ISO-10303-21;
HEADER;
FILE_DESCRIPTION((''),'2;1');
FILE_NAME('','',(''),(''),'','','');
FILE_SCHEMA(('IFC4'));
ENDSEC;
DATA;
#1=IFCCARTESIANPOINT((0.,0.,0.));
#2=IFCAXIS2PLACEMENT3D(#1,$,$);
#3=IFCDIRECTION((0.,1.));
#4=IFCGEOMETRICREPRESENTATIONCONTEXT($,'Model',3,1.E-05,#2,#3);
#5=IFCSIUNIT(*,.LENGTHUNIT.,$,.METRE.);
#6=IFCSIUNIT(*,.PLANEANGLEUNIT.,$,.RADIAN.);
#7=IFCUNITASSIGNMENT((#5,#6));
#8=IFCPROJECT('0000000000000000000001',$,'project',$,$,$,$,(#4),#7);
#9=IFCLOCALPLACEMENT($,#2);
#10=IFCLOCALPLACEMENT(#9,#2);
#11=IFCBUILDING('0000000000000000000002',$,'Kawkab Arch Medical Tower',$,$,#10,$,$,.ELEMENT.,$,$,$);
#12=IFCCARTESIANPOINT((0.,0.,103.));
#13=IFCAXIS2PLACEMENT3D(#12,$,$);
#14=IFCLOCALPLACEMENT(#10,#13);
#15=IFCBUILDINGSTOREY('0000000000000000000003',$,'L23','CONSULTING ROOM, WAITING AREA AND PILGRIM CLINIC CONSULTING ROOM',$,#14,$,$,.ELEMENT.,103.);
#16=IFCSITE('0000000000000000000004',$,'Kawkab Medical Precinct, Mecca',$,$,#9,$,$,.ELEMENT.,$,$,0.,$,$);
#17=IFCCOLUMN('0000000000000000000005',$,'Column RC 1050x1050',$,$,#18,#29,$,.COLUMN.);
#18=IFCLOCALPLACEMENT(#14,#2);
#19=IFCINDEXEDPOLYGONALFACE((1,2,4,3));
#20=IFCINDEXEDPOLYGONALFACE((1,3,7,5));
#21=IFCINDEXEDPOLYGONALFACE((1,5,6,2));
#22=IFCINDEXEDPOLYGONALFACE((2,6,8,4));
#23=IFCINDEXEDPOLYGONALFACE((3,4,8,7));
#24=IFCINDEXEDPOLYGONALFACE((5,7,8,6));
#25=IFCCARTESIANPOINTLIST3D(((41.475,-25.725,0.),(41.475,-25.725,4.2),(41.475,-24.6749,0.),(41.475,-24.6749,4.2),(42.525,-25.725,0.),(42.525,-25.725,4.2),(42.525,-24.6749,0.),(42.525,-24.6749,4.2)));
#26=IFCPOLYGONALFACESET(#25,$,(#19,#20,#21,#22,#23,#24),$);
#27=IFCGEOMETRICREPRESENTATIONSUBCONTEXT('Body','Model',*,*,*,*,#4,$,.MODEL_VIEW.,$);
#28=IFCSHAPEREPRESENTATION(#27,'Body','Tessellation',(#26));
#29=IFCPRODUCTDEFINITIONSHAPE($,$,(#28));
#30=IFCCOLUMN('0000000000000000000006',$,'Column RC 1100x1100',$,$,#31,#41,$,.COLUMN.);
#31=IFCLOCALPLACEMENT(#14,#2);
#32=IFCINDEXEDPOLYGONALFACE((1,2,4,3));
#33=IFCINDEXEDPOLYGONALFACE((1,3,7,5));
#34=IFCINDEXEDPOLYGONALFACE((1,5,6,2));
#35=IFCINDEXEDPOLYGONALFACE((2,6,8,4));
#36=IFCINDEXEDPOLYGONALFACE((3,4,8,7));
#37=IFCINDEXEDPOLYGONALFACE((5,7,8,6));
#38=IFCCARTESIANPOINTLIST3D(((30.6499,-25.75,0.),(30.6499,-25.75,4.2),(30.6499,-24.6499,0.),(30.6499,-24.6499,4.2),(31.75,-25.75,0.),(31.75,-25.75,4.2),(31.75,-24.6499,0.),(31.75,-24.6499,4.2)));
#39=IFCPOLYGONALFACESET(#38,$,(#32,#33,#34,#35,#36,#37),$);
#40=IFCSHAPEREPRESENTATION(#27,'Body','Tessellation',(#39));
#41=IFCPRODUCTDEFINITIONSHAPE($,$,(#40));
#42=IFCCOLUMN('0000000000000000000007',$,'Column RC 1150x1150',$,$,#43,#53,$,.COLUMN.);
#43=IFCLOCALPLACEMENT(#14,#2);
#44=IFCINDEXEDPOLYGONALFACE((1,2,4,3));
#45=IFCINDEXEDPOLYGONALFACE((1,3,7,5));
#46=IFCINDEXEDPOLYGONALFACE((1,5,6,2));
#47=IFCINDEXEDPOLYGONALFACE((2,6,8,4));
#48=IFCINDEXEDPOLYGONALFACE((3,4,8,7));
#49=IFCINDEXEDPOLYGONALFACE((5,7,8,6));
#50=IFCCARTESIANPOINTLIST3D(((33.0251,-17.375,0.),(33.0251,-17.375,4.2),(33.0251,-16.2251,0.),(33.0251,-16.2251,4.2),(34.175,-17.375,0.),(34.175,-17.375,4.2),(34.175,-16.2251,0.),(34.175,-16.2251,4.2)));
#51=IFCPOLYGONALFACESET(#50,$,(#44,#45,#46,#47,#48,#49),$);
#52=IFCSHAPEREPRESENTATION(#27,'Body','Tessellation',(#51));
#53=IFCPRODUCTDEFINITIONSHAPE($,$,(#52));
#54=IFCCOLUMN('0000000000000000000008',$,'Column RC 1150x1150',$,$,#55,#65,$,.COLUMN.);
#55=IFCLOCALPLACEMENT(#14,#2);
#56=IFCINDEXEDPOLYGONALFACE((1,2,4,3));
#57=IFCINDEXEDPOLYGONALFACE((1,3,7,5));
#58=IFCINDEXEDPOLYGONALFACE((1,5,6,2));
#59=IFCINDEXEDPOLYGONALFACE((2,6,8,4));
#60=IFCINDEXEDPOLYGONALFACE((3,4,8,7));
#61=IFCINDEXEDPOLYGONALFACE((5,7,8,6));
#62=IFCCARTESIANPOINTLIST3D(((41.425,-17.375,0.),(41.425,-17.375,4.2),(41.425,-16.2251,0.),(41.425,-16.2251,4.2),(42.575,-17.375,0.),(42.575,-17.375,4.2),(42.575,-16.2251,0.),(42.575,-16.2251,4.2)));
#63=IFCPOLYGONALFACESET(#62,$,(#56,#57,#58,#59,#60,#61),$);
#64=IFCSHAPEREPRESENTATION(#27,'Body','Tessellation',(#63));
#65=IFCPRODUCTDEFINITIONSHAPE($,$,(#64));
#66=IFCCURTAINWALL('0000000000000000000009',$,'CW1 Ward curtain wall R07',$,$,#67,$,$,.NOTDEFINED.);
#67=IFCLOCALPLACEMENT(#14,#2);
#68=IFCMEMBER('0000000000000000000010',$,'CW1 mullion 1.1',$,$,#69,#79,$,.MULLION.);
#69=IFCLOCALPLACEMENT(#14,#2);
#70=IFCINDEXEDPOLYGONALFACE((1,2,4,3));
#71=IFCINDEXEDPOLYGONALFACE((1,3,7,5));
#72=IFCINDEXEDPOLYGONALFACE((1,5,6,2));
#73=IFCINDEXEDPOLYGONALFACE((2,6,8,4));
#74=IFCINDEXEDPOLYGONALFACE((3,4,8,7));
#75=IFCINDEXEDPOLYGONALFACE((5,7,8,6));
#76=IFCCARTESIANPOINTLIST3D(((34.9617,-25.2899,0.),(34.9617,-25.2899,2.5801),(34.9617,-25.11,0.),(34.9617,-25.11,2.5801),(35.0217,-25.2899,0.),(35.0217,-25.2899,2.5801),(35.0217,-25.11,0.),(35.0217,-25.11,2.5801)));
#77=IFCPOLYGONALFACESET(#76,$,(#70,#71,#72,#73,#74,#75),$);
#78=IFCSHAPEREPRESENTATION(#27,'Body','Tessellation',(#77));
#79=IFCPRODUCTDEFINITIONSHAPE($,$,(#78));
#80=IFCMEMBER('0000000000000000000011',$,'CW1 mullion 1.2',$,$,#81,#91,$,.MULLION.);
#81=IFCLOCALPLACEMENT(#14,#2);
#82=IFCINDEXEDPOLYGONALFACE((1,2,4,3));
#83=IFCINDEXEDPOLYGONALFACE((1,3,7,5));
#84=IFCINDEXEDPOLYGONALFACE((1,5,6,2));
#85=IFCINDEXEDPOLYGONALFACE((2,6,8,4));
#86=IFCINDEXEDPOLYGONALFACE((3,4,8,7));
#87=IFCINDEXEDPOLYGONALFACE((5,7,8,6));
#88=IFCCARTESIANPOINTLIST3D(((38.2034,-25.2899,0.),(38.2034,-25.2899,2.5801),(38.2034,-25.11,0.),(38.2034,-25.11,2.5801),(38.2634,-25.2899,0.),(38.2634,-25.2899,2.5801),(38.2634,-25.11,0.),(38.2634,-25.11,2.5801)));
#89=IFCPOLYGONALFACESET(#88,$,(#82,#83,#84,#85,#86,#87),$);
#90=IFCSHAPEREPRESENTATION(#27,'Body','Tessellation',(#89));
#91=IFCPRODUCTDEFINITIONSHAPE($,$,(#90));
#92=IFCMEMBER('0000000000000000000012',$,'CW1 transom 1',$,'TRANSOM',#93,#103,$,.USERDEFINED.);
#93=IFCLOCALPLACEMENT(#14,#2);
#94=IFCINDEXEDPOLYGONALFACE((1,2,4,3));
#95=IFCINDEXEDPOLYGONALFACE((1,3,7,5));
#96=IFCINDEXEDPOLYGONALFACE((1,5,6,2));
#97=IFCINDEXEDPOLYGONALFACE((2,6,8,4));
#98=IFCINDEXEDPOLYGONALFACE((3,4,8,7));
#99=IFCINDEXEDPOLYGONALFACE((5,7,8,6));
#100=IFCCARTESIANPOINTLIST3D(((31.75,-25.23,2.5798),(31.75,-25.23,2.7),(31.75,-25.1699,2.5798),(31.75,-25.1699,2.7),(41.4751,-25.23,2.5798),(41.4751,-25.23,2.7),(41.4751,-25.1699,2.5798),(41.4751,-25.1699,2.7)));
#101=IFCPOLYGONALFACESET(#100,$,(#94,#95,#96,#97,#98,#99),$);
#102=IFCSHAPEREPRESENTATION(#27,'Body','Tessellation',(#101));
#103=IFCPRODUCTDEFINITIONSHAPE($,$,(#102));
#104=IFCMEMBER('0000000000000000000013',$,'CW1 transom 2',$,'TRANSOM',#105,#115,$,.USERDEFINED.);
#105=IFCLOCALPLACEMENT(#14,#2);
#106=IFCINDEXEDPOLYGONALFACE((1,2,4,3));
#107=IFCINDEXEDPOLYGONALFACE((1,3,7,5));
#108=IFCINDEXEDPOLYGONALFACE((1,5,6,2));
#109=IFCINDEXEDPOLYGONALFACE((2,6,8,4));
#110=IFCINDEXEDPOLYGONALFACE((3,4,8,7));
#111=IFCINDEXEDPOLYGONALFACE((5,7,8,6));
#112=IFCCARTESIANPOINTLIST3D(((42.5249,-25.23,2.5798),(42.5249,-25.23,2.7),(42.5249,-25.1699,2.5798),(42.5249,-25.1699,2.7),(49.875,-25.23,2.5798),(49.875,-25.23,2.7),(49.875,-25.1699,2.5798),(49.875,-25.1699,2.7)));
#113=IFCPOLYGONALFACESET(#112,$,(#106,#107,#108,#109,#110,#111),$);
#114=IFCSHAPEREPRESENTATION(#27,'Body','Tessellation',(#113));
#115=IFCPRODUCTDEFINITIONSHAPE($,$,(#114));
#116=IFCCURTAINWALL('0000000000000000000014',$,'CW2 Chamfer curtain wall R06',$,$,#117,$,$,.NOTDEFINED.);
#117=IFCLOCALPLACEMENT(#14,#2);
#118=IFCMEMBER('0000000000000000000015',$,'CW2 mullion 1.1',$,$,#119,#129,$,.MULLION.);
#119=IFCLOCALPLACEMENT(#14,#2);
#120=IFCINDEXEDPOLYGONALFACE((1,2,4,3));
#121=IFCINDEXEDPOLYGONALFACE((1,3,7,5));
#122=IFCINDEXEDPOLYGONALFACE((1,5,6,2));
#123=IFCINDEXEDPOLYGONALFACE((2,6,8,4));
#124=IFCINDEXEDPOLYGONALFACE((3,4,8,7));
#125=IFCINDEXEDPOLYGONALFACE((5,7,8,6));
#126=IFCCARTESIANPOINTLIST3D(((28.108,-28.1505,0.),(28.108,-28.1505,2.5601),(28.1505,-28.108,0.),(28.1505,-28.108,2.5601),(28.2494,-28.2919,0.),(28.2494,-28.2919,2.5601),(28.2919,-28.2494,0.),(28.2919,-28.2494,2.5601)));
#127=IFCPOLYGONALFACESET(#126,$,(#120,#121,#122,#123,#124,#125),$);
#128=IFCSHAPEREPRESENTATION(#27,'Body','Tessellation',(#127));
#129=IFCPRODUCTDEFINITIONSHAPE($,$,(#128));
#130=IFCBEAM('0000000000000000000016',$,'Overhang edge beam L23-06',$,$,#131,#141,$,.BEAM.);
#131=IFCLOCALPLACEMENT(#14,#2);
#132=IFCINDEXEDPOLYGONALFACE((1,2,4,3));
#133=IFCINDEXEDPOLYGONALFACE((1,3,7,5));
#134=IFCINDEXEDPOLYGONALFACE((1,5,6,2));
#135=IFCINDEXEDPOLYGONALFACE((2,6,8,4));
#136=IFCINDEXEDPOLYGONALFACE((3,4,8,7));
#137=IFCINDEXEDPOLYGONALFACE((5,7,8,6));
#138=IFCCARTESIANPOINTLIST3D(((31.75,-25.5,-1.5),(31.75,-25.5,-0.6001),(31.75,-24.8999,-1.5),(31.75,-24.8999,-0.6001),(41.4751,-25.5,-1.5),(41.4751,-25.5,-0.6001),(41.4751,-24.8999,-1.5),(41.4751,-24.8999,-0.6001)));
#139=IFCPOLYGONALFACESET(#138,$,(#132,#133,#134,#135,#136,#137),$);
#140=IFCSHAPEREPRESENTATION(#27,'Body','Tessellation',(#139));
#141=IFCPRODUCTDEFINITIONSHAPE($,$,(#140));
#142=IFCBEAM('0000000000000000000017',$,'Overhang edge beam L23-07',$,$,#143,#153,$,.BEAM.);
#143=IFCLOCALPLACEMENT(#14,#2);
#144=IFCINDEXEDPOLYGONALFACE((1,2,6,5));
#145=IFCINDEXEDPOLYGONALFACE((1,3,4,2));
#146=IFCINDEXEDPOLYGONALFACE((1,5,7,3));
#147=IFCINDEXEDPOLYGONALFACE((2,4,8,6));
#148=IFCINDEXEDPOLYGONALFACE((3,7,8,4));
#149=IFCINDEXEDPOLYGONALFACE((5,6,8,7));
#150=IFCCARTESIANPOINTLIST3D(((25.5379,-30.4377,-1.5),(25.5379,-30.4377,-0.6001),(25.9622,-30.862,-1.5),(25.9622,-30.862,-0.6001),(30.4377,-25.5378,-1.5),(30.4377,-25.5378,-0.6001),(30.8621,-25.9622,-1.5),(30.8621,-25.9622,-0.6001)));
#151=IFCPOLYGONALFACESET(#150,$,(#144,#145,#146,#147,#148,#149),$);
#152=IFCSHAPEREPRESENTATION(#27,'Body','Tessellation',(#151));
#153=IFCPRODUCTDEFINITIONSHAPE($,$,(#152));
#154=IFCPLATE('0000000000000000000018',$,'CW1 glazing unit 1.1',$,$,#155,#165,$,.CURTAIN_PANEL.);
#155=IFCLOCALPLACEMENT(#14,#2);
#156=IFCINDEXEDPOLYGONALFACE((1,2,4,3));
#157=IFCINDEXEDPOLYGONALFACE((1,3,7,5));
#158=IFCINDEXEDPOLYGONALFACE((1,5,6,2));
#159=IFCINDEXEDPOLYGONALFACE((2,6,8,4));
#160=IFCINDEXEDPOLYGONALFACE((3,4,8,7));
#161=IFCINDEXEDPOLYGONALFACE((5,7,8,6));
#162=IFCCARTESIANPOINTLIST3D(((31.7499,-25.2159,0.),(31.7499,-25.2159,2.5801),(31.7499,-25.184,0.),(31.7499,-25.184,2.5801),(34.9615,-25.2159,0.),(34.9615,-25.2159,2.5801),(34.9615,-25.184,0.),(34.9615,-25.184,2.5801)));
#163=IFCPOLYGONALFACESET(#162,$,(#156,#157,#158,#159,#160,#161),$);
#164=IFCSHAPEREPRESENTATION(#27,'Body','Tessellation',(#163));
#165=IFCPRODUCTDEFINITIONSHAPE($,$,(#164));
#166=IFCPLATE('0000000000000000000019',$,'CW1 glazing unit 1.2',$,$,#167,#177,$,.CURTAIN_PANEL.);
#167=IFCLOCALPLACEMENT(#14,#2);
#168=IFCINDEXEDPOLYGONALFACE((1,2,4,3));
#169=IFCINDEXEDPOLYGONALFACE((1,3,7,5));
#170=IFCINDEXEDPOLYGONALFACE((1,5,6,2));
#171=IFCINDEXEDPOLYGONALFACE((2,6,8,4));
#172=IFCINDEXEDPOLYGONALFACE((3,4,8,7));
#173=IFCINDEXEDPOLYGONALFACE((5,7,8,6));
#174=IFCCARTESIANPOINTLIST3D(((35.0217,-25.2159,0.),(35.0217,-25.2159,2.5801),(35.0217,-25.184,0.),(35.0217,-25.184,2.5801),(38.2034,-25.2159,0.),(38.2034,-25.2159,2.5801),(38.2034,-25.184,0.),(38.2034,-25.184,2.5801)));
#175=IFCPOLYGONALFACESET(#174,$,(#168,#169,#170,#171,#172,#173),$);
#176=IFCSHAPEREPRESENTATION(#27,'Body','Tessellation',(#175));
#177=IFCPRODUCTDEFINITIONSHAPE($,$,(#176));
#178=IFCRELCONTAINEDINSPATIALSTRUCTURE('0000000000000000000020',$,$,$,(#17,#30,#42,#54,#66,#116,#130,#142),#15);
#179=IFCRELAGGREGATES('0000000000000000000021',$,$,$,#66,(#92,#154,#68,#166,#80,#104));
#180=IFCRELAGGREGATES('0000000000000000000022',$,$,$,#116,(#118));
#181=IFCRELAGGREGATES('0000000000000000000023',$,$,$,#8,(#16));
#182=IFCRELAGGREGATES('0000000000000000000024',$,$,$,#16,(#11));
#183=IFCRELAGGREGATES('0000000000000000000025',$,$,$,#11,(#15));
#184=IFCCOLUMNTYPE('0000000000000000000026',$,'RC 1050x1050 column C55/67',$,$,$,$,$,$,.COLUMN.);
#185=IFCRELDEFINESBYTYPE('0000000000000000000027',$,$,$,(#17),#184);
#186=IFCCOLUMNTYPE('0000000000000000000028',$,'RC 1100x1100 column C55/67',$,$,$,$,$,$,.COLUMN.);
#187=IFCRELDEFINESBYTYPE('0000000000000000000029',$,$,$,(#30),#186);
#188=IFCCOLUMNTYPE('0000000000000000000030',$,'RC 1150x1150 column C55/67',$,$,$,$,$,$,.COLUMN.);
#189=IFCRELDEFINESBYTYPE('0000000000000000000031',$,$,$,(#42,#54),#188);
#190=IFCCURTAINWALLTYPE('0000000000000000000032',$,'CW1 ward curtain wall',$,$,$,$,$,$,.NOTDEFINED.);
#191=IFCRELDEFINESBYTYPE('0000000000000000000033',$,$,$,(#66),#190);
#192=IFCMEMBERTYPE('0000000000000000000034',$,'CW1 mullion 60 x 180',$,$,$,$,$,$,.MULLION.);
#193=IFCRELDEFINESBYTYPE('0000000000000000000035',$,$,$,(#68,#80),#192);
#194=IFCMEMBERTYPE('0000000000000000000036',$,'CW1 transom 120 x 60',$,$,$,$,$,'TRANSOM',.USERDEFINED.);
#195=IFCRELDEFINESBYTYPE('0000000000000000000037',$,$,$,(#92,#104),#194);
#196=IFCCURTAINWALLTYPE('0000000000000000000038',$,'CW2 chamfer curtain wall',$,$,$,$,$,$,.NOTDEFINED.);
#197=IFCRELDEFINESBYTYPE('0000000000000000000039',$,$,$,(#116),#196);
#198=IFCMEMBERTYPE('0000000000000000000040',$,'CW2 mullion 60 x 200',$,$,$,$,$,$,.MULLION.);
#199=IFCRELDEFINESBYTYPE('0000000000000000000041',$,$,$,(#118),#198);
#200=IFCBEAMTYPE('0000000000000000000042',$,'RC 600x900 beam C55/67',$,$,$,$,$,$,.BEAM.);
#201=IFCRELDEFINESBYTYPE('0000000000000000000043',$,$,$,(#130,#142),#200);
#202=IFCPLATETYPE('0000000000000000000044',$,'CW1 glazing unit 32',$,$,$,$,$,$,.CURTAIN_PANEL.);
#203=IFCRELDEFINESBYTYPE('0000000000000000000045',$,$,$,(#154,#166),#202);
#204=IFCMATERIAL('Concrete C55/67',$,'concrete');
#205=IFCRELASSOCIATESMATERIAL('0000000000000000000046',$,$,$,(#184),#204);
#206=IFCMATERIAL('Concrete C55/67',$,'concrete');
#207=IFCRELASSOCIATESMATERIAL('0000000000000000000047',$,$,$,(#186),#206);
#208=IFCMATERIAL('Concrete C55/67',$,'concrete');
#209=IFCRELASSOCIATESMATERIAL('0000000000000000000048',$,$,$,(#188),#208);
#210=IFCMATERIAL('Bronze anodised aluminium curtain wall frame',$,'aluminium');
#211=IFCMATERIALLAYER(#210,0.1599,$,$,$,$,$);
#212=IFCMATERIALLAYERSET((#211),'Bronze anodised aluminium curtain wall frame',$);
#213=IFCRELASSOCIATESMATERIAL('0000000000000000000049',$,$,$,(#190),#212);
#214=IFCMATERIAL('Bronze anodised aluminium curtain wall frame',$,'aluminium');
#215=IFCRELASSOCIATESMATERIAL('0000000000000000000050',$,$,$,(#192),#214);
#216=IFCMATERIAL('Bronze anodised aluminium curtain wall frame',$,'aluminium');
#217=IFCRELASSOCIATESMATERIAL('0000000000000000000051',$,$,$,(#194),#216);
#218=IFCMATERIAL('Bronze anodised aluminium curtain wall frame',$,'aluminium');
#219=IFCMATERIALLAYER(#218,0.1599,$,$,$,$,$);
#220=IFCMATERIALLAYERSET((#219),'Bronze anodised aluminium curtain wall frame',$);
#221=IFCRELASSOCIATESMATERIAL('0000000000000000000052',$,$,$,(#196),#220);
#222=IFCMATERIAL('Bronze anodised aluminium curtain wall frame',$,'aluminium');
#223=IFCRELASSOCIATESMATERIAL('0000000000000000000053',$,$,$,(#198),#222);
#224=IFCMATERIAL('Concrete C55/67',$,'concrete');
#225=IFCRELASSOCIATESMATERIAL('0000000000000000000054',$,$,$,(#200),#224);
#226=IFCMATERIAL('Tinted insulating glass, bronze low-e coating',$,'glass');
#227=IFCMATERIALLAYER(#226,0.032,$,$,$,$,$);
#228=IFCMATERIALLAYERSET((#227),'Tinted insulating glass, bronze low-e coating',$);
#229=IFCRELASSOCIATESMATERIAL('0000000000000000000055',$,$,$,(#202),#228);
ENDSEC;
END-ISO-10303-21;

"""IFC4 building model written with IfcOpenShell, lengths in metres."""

from ifc_helpers import new_model, si_unit, direction, frame, origin, origin_2d, place, context, subcontext, project, spatial, rectangle, extrude, material, layer, layer_set, material_profile, profile_set, type_object, element, aggregate, save


model = new_model("IFC4")

# Units and contexts
model_context = context("Model", 3, precision=1e-05, world=origin(), true_north=direction((0.0, 1.0)))
body_context = subcontext(model_context, "Body", "Model", "MODEL_VIEW")
ifc_project = project(units=[si_unit("LENGTHUNIT", "METRE"), si_unit("PLANEANGLEUNIT", "RADIAN")], contexts=[model_context])

# Site, building, storey
site_placement = place(None, origin())
site = spatial("IfcSite", under=ifc_project, at=site_placement, Name="Kawkab Medical Precinct, Mecca", CompositionType="ELEMENT", RefElevation=0.0)
building_placement = place(site_placement, origin())
building = spatial("IfcBuilding", under=site, at=building_placement, Name="Kawkab Arch Medical Tower", CompositionType="ELEMENT")
storey_placement = place(building_placement, frame((0.0, 0.0, 103.0)))
storey = spatial("IfcBuildingStorey", under=building, at=storey_placement, Name="L23", Description="CONSULTING ROOM, WAITING AREA AND PILGRIM CLINIC CONSULTING ROOM", CompositionType="ELEMENT", Elevation=103.0)

# Columns
ifc_material_1 = material(Name="Concrete C55/67", Category="concrete")
ifc_material_profile_1 = material_profile(ifc_material_1, rectangle(XDim=1.05, YDim=1.05, at=origin_2d()), Name="RC 1050x1050")
ifc_profile_set_1 = profile_set([ifc_material_profile_1], Name="Concrete C55/67")
column_type_1 = type_object("IfcColumnType", Name="RC 1050x1050 column C55/67", PredefinedType="COLUMN", material=ifc_profile_set_1)
column_1_placement = place(storey_placement, frame((42.0, -25.2, 0.0), z_axis=(0.0, 0.0, 1.0), x_axis=(1.0, 0.0, 0.0)))
element("IfcColumn", 1, at=column_1_placement, inside=storey, type_object=column_type_1, Name="Column RC 1050x1050", PredefinedType="COLUMN", context=body_context, shape_type="SweptSolid", body=[
    extrude(rectangle(XDim=1.05, YDim=1.05, at=origin_2d()), origin(), (0.0, 0.0, 1.0), 4.2),
])
ifc_material_2 = material(Name="Concrete C55/67", Category="concrete")
ifc_material_profile_2 = material_profile(ifc_material_2, rectangle(XDim=1.1001, YDim=1.1001, at=origin_2d()), Name="RC 1100x1100")
ifc_profile_set_2 = profile_set([ifc_material_profile_2], Name="Concrete C55/67")
column_type_2 = type_object("IfcColumnType", Name="RC 1100x1100 column C55/67", PredefinedType="COLUMN", material=ifc_profile_set_2)
column_2_placement = place(storey_placement, frame((31.2, -25.2, 0.0), z_axis=(0.0, 0.0, 1.0), x_axis=(1.0, 0.0, 0.0)))
element("IfcColumn", 2, at=column_2_placement, inside=storey, type_object=column_type_2, Name="Column RC 1100x1100", PredefinedType="COLUMN", context=body_context, shape_type="SweptSolid", body=[
    extrude(rectangle(XDim=1.1001, YDim=1.1001, at=origin_2d()), origin(), (0.0, 0.0, 1.0), 4.2),
])
ifc_material_3 = material(Name="Concrete C55/67", Category="concrete")
ifc_material_profile_3 = material_profile(ifc_material_3, rectangle(XDim=1.1499, YDim=1.1499, at=origin_2d()), Name="RC 1150x1150")
ifc_profile_set_3 = profile_set([ifc_material_profile_3], Name="Concrete C55/67")
column_type_3 = type_object("IfcColumnType", Name="RC 1150x1150 column C55/67", PredefinedType="COLUMN", material=ifc_profile_set_3)
for number, where, z_axis, x_axis, name in (
    (3, (33.6001, -16.8, 0.0), (0.0, 0.0, 1.0), (1.0, 0.0, 0.0), "Column RC 1150x1150"),
    (4, (42.0, -16.8, 0.0), (0.0, 0.0, 1.0), (1.0, 0.0, 0.0), "Column RC 1150x1150"),
):
    element("IfcColumn", number, at=place(storey_placement, frame(where, z_axis=z_axis, x_axis=x_axis)), inside=storey, type_object=column_type_3, Name=name, PredefinedType="COLUMN", context=body_context, shape_type="SweptSolid", body=[
        extrude(rectangle(XDim=1.1499, YDim=1.1499, at=origin_2d()), origin(), (0.0, 0.0, 1.0), 4.2),
    ])

# Curtain wall, members
ifc_material_4 = material(Name="Bronze anodised aluminium curtain wall frame", Category="aluminium")
ifc_layer_1 = layer(ifc_material_4, 0.1599)
ifc_layer_set_1 = layer_set([ifc_layer_1], Name="Bronze anodised aluminium curtain wall frame")
curtain_wall_type_1 = type_object("IfcCurtainWallType", Name="CW1 ward curtain wall", PredefinedType="NOTDEFINED", material=ifc_layer_set_1)
placement = place(storey_placement, origin())
curtain_wall_1 = element("IfcCurtainWall", 5, at=placement, inside=storey, type_object=curtain_wall_type_1, Name="CW1 Ward curtain wall R07", PredefinedType="NOTDEFINED")
ifc_material_5 = material(Name="Bronze anodised aluminium curtain wall frame", Category="aluminium")
ifc_material_profile_4 = material_profile(ifc_material_5, rectangle(XDim=0.1799, YDim=0.0601, at=origin_2d()), Name="AL 60x180")
ifc_profile_set_4 = profile_set([ifc_material_profile_4], Name="Bronze anodised aluminium curtain wall frame")
member_type_1 = type_object("IfcMemberType", Name="CW1 mullion 60 x 180", PredefinedType="MULLION", material=ifc_profile_set_4)
member_1_placement = place(storey_placement, frame((34.9917, -25.2, 0.0), z_axis=(0.0, 0.0, 1.0), x_axis=(0.0, 1.0, 0.0)))
member_1 = element("IfcMember", 6, at=member_1_placement, type_object=member_type_1, Name="CW1 mullion 1.1", PredefinedType="MULLION", context=body_context, shape_type="SweptSolid", body=[
    extrude(rectangle(XDim=0.1799, YDim=0.0601, at=origin_2d()), origin(), (0.0, 0.0, 1.0), 2.5801),
])
member_2_placement = place(storey_placement, frame((38.2334, -25.2, 0.0), z_axis=(0.0, 0.0, 1.0), x_axis=(0.0, 1.0, 0.0)))
member_2 = element("IfcMember", 7, at=member_2_placement, type_object=member_type_1, Name="CW1 mullion 1.2", PredefinedType="MULLION", context=body_context, shape_type="SweptSolid", body=[
    extrude(rectangle(XDim=0.1799, YDim=0.0601, at=origin_2d()), origin(), (0.0, 0.0, 1.0), 2.5801),
])
ifc_material_6 = material(Name="Bronze anodised aluminium curtain wall frame", Category="aluminium")
ifc_material_profile_5 = material_profile(ifc_material_6, rectangle(XDim=0.0601, YDim=0.1201, at=origin_2d()), Name="AL 60x120")
ifc_profile_set_5 = profile_set([ifc_material_profile_5], Name="Bronze anodised aluminium curtain wall frame")
member_type_2 = type_object("IfcMemberType", Name="CW1 transom 120 x 60", ElementType="TRANSOM", PredefinedType="USERDEFINED", material=ifc_profile_set_5)
member_3_placement = place(storey_placement, frame((31.75, -25.2, 2.6399), z_axis=(1.0, 0.0, 0.0), x_axis=(0.0, 1.0, 0.0)))
member_3 = element("IfcMember", 8, at=member_3_placement, type_object=member_type_2, Name="CW1 transom 1", ObjectType="TRANSOM", PredefinedType="USERDEFINED", context=body_context, shape_type="SweptSolid", body=[
    extrude(rectangle(XDim=0.0601, YDim=0.1201, at=origin_2d()), origin(), (0.0, 0.0, 1.0), 9.7251),
])
member_4_placement = place(storey_placement, frame((42.5249, -25.2, 2.6399), z_axis=(1.0, 0.0, 0.0), x_axis=(0.0, 1.0, 0.0)))
member_4 = element("IfcMember", 9, at=member_4_placement, type_object=member_type_2, Name="CW1 transom 2", ObjectType="TRANSOM", PredefinedType="USERDEFINED", context=body_context, shape_type="SweptSolid", body=[
    extrude(rectangle(XDim=0.0601, YDim=0.1201, at=origin_2d()), origin(), (0.0, 0.0, 1.0), 7.3501),
])

# Curtain wall, member
ifc_material_7 = material(Name="Bronze anodised aluminium curtain wall frame", Category="aluminium")
ifc_layer_2 = layer(ifc_material_7, 0.1599)
ifc_layer_set_2 = layer_set([ifc_layer_2], Name="Bronze anodised aluminium curtain wall frame")
curtain_wall_type_2 = type_object("IfcCurtainWallType", Name="CW2 chamfer curtain wall", PredefinedType="NOTDEFINED", material=ifc_layer_set_2)
curtain_wall_2 = element("IfcCurtainWall", 10, at=placement, inside=storey, type_object=curtain_wall_type_2, Name="CW2 Chamfer curtain wall R06", PredefinedType="NOTDEFINED")
ifc_material_8 = material(Name="Bronze anodised aluminium curtain wall frame", Category="aluminium")
ifc_material_profile_6 = material_profile(ifc_material_8, rectangle(XDim=0.2, YDim=0.0601, at=origin_2d()), Name="AL 60x200")
ifc_profile_set_6 = profile_set([ifc_material_profile_6], Name="Bronze anodised aluminium curtain wall frame")
member_type_3 = type_object("IfcMemberType", Name="CW2 mullion 60 x 200", PredefinedType="MULLION", material=ifc_profile_set_6)
member_5_placement = place(storey_placement, frame((28.2, -28.2, 0.0), z_axis=(0.0, 0.0, 1.0), x_axis=(-0.707107, 0.707107, 0.0)))
member_5 = element("IfcMember", 11, at=member_5_placement, type_object=member_type_3, Name="CW2 mullion 1.1", PredefinedType="MULLION", context=body_context, shape_type="SweptSolid", body=[
    extrude(rectangle(XDim=0.2, YDim=0.0601, at=origin_2d()), origin(), (0.0, 0.0, 1.0), 2.5601),
])

# Beams
ifc_material_9 = material(Name="Concrete C55/67", Category="concrete")
ifc_material_profile_7 = material_profile(ifc_material_9, rectangle(XDim=0.6001, YDim=0.8999, at=origin_2d()), Name="RC 600x900")
ifc_profile_set_7 = profile_set([ifc_material_profile_7], Name="Concrete C55/67")
beam_type = type_object("IfcBeamType", Name="RC 600x900 beam C55/67", PredefinedType="BEAM", material=ifc_profile_set_7)
beam_1_placement = place(storey_placement, frame((41.4751, -25.2, -1.05), z_axis=(-1.0, 0.0, 0.0), x_axis=(0.0, -1.0, 0.0)))
element("IfcBeam", 12, at=beam_1_placement, inside=storey, type_object=beam_type, Name="Overhang edge beam L23-06", PredefinedType="BEAM", context=body_context, shape_type="SweptSolid", body=[
    extrude(rectangle(XDim=0.6001, YDim=0.8999, at=origin_2d()), origin(), (0.0, 0.0, 1.0), 9.7251),
])
beam_2_placement = place(storey_placement, frame((30.6499, -25.75, -1.05), z_axis=(-0.707107, -0.707107, 0.0), x_axis=(0.707107, -0.707107, 0.0)))
element("IfcBeam", 13, at=beam_2_placement, inside=storey, type_object=beam_type, Name="Overhang edge beam L23-07", PredefinedType="BEAM", context=body_context, shape_type="SweptSolid", body=[
    extrude(rectangle(XDim=0.6001, YDim=0.8999, at=origin_2d()), origin(), (0.0, 0.0, 1.0), 6.9294),
])

# Plates
ifc_material_10 = material(Name="Tinted insulating glass, bronze low-e coating", Category="glass")
ifc_layer_3 = layer(ifc_material_10, 0.032)
ifc_layer_set_3 = layer_set([ifc_layer_3], Name="Tinted insulating glass, bronze low-e coating")
plate_type_1 = type_object("IfcPlateType", Name="CW1 glazing unit 32", PredefinedType="CURTAIN_PANEL", material=ifc_layer_set_3)
plate_1_placement = place(storey_placement, frame((33.3557, -25.2, 0.0), z_axis=(0.0, 0.0, 1.0), x_axis=(1.0, 0.0, 0.0)))
plate_1 = element("IfcPlate", 14, at=plate_1_placement, type_object=plate_type_1, Name="CW1 glazing unit 1.1", PredefinedType="CURTAIN_PANEL", context=body_context, shape_type="SweptSolid", body=[
    extrude(rectangle(XDim=3.2117, YDim=0.032, at=origin_2d()), origin(), (0.0, 0.0, 1.0), 2.5801),
])
plate_2_placement = place(storey_placement, frame((36.6125, -25.2, 0.0), z_axis=(0.0, 0.0, 1.0), x_axis=(1.0, 0.0, 0.0)))
plate_2 = element("IfcPlate", 15, at=plate_2_placement, type_object=plate_type_1, Name="CW1 glazing unit 1.2", PredefinedType="CURTAIN_PANEL", context=body_context, shape_type="SweptSolid", body=[
    extrude(rectangle(XDim=3.1816, YDim=0.032, at=origin_2d()), origin(), (0.0, 0.0, 1.0), 2.5801),
])
aggregate(curtain_wall_1, [member_3, plate_1, member_1, plate_2, member_2, member_4])
aggregate(curtain_wall_2, [member_5])

save(model, "model.ifc")
